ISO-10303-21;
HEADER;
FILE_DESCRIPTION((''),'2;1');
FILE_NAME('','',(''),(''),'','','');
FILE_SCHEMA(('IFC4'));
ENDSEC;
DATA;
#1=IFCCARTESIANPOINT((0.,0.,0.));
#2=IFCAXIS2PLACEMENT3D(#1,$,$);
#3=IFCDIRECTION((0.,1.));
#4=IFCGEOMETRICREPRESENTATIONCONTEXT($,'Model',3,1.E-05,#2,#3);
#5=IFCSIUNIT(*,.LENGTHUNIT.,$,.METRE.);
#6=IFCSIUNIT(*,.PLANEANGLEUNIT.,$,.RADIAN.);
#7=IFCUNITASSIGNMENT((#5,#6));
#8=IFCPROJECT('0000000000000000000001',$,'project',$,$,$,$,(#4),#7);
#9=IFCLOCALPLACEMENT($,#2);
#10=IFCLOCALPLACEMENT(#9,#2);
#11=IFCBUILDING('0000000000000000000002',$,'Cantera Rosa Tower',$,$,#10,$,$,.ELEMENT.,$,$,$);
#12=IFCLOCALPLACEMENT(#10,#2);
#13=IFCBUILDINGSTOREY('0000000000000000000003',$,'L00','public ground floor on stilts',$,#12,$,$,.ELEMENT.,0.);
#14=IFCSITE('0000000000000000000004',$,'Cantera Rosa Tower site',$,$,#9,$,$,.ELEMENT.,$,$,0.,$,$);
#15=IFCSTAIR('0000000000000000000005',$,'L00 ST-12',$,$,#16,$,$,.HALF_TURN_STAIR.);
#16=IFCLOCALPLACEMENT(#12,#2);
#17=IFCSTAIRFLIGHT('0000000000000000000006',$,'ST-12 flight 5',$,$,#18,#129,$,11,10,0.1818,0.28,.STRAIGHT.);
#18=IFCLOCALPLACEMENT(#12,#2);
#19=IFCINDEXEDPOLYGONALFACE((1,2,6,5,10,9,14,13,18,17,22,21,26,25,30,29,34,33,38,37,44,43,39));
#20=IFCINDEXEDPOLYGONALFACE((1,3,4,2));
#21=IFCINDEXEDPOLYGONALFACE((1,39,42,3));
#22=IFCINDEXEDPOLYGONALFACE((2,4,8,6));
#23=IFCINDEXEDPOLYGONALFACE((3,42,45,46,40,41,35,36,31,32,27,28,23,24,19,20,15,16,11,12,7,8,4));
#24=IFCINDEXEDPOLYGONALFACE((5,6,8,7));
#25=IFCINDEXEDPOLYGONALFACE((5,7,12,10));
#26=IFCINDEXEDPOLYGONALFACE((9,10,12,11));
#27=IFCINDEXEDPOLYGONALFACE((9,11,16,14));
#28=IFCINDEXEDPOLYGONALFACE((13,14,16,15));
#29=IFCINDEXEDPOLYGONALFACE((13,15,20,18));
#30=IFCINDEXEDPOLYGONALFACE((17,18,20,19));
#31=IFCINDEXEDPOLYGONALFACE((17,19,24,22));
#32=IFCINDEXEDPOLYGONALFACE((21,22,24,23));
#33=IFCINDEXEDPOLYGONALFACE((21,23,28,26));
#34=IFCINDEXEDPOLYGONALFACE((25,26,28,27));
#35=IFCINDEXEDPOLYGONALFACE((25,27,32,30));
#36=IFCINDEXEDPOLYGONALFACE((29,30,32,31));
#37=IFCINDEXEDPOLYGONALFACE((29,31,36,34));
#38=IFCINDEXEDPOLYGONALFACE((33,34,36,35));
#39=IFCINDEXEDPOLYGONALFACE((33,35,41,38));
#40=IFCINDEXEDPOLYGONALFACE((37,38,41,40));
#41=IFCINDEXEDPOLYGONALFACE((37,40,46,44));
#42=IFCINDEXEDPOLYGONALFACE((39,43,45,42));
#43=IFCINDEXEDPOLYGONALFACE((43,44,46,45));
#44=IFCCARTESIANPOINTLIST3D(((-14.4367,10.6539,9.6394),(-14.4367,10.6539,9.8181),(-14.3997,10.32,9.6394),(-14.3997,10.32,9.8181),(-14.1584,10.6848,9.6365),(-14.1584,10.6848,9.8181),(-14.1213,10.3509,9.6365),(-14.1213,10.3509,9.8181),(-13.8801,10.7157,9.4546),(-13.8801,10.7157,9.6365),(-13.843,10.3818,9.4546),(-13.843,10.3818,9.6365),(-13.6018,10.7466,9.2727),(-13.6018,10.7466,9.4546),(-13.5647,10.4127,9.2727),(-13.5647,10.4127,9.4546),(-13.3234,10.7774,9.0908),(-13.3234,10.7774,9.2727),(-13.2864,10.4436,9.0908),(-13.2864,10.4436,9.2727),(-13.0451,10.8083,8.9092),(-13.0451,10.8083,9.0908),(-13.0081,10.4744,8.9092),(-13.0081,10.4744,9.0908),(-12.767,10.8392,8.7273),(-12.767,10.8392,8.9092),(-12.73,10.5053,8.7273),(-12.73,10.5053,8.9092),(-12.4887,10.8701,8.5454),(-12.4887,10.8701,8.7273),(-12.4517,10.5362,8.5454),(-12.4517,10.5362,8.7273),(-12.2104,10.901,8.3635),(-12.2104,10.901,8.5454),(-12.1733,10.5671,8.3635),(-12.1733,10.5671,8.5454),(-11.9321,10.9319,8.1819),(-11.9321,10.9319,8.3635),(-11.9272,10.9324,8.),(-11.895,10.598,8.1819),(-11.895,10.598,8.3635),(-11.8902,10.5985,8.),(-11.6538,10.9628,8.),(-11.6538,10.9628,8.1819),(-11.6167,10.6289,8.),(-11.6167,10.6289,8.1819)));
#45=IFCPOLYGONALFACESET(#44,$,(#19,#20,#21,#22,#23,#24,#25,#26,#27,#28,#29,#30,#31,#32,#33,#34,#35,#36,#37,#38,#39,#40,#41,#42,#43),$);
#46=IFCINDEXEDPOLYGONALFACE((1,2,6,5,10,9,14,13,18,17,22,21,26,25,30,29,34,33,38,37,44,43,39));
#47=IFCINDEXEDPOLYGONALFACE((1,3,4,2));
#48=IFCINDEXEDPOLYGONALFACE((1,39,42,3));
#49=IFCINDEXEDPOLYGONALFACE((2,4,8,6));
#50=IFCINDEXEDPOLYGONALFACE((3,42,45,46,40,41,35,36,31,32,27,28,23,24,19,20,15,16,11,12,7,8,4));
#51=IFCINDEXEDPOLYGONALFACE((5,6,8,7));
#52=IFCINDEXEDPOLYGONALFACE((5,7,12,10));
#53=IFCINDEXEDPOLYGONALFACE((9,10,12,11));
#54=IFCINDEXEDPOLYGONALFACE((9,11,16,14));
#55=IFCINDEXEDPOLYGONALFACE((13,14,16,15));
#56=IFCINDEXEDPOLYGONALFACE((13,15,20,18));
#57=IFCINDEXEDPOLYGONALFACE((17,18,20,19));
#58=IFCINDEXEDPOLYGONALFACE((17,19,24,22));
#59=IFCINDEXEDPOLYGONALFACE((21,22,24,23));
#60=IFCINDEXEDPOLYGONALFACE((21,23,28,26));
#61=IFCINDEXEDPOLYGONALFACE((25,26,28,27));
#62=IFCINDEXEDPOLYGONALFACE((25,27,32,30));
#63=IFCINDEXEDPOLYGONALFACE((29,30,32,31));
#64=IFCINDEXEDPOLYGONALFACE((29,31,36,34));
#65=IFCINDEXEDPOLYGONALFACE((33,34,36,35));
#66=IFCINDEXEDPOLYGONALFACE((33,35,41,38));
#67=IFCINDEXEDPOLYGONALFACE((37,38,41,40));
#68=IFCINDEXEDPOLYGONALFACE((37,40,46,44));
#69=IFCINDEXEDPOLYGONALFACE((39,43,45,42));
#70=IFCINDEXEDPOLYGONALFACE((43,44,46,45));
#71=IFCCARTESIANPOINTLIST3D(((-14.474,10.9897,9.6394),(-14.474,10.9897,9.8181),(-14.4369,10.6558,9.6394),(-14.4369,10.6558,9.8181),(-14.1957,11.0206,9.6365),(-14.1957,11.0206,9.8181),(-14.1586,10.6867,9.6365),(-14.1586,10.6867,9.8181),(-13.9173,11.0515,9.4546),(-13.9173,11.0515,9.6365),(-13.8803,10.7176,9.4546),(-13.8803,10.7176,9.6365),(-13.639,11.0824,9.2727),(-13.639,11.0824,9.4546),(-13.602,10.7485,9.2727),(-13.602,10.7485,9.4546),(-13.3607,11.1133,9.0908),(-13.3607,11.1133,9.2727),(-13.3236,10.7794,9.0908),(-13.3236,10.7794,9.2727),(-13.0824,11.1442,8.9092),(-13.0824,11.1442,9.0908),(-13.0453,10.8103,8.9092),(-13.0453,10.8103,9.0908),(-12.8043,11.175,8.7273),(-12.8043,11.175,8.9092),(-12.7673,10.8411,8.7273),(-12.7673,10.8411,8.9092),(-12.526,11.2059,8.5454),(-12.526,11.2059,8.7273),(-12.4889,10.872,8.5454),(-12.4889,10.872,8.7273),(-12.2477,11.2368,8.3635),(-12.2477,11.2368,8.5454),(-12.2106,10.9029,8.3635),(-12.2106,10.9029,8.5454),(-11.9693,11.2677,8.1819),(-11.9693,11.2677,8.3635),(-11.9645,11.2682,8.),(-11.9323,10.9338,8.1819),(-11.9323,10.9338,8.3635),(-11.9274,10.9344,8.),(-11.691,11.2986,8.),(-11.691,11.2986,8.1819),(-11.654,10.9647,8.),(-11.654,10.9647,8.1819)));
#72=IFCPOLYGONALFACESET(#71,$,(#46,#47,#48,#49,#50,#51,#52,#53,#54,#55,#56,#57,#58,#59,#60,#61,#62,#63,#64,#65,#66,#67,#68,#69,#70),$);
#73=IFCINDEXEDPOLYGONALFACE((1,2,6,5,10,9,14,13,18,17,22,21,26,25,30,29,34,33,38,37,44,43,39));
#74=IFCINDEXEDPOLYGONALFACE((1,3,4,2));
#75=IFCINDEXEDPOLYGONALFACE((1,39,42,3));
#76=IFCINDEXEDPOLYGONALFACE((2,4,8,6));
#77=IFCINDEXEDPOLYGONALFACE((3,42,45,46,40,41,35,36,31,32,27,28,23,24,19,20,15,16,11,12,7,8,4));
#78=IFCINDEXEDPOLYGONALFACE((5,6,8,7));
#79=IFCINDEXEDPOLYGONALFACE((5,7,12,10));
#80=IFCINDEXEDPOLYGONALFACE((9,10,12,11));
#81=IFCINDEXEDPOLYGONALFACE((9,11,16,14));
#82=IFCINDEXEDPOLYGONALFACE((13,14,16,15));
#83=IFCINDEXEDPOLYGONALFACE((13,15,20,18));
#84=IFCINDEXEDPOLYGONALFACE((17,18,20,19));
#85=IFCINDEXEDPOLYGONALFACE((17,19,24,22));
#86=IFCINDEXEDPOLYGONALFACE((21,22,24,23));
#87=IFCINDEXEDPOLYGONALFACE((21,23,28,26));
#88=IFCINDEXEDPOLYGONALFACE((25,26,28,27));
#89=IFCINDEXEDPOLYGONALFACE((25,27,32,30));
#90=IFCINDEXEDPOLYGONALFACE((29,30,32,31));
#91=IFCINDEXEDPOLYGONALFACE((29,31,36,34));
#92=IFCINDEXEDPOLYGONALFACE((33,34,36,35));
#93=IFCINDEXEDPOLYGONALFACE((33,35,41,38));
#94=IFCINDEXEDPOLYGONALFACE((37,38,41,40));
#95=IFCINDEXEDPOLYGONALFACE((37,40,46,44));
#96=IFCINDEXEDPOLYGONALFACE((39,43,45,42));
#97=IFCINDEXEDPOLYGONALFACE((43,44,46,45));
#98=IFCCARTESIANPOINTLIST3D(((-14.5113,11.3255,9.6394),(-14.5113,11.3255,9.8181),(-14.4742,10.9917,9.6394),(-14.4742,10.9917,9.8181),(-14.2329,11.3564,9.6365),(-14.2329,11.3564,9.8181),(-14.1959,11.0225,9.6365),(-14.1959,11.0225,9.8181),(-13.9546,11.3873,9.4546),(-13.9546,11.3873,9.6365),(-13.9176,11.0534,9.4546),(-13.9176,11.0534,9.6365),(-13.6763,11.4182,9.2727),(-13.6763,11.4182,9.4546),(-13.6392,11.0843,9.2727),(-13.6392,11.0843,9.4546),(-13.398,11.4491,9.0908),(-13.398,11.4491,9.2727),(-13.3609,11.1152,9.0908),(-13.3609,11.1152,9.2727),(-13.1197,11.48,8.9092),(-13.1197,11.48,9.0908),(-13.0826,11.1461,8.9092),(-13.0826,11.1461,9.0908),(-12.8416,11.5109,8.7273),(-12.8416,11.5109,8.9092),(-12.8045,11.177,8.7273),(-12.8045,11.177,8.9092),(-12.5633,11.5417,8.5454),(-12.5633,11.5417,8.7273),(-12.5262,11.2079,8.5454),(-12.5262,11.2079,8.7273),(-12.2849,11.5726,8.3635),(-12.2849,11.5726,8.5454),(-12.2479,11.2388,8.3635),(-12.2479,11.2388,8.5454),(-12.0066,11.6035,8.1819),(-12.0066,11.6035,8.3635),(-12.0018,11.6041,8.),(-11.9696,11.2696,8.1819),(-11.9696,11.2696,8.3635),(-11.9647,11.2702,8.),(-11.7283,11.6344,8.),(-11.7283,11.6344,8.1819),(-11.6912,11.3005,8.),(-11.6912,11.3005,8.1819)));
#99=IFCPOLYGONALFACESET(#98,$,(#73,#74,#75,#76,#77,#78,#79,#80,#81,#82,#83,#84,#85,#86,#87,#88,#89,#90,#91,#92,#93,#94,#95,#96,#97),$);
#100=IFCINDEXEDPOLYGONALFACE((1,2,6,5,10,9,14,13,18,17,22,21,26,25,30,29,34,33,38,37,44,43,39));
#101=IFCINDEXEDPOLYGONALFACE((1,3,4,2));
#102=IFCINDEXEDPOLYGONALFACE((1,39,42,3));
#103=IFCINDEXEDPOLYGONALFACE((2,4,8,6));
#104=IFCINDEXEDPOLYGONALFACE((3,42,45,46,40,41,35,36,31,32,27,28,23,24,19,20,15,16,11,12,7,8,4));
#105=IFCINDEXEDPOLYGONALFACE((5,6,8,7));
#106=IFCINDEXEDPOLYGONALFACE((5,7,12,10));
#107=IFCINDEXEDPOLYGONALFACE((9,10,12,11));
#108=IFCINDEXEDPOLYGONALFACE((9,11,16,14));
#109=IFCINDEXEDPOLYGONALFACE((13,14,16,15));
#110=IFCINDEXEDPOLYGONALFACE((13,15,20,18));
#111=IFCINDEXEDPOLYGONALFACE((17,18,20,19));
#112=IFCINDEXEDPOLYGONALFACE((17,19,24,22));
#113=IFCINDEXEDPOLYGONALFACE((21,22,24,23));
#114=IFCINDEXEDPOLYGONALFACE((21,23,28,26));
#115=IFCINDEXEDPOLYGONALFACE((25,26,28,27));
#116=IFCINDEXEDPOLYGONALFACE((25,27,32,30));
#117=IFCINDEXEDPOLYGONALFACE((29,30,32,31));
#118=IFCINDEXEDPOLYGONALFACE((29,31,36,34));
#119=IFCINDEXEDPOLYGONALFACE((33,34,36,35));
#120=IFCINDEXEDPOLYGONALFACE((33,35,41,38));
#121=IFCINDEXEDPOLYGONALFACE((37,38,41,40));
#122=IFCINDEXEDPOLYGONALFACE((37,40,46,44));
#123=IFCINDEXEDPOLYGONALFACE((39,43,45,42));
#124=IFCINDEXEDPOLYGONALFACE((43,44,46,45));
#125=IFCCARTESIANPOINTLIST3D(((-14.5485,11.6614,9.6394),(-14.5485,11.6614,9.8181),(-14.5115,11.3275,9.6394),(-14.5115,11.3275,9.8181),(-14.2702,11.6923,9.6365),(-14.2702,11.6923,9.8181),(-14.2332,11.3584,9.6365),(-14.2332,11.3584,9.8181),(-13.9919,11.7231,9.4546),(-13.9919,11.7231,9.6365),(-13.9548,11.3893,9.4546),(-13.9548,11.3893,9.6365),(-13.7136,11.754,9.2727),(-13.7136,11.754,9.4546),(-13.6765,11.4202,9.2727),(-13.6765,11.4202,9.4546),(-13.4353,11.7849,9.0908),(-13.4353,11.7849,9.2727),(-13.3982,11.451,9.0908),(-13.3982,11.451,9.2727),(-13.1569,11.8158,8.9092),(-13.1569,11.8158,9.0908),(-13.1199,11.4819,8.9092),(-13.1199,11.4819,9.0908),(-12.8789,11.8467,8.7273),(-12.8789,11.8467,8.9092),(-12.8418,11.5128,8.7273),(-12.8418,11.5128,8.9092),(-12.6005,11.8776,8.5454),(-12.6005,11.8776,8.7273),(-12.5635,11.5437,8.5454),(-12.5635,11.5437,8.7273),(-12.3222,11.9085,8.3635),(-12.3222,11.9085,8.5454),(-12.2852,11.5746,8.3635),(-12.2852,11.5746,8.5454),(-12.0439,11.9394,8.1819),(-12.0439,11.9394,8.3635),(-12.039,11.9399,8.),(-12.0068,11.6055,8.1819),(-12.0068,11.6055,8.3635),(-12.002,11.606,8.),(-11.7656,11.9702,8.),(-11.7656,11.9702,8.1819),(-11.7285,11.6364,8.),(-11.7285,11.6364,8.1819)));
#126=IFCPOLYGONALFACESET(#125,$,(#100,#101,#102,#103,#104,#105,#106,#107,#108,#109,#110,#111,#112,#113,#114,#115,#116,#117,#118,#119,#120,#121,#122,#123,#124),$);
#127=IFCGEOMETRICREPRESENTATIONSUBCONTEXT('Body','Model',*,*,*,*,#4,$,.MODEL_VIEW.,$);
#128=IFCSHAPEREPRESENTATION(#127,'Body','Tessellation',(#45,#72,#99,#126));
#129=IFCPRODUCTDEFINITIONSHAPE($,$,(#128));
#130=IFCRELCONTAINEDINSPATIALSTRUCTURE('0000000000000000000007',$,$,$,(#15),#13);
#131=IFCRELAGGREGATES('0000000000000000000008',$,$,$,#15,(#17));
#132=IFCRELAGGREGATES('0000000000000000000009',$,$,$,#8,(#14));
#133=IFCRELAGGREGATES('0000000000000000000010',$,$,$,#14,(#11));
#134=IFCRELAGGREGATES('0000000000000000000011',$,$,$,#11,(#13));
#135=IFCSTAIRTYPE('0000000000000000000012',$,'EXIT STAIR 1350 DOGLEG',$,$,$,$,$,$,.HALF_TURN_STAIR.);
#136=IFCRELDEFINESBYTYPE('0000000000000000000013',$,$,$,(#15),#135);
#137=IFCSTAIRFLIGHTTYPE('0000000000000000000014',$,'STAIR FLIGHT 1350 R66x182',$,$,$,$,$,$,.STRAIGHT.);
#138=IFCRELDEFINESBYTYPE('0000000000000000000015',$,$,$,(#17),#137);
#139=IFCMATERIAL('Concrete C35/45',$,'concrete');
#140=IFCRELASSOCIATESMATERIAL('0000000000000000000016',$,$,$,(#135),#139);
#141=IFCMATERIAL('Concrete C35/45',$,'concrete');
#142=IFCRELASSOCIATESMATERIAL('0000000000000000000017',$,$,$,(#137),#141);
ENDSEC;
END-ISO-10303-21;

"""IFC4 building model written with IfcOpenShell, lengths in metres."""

from ifc_helpers import new_model, si_unit, direction, frame, origin, place, context, subcontext, project, spatial, polyline, outline, extrude, material, type_object, element, aggregate, save


model = new_model("IFC4")

# Units and contexts
model_context = context("Model", 3, precision=1e-05, world=origin(), true_north=direction((0.0, 1.0)))
body_context = subcontext(model_context, "Body", "Model", "MODEL_VIEW")
ifc_project = project(units=[si_unit("LENGTHUNIT", "METRE"), si_unit("PLANEANGLEUNIT", "RADIAN")], contexts=[model_context])

# Site, building, storey
site_placement = place(None, origin())
site = spatial("IfcSite", under=ifc_project, at=site_placement, Name="Cantera Rosa Tower site", CompositionType="ELEMENT", RefElevation=0.0)
building_placement = place(site_placement, origin())
building = spatial("IfcBuilding", under=site, at=building_placement, Name="Cantera Rosa Tower", CompositionType="ELEMENT")
storey_placement = place(building_placement, origin())
storey = spatial("IfcBuildingStorey", under=building, at=storey_placement, Name="L00", Description="public ground floor on stilts", CompositionType="ELEMENT", Elevation=0.0)

# Stair, stair flight
ifc_material_1 = material(Name="Concrete C35/45", Category="concrete")
stair_type = type_object("IfcStairType", Name="EXIT STAIR 1350 DOGLEG", PredefinedType="HALF_TURN_STAIR", material=ifc_material_1)
stair_placement = place(storey_placement, origin())
stair = element("IfcStair", 1, at=stair_placement, inside=storey, type_object=stair_type, Name="L00 ST-12", PredefinedType="HALF_TURN_STAIR")
ifc_material_2 = material(Name="Concrete C35/45", Category="concrete")
stair_flight_type = type_object("IfcStairFlightType", Name="STAIR FLIGHT 1350 R66x182", PredefinedType="STRAIGHT", material=ifc_material_2)
stair_flight_1_placement = place(storey_placement, frame((-11.6912, 11.2998, 8.0), z_axis=(0.0, 0.0, 1.0), x_axis=(-0.993897, -0.110313, 0.0)))
stair_flight_1 = element("IfcStairFlight", 2, at=stair_flight_1_placement, type_object=stair_flight_type, Name="ST-12 flight 5", NumberOfRisers=11, NumberOfTreads=10, PredefinedType="STRAIGHT", RiserHeight=0.1818, TreadLength=0.28, context=body_context, shape_type="SweptSolid", body=[
    extrude(outline(polyline([(0.0, 0.0), (0.0, 0.1819), (0.28, 0.1819), (0.28, 0.3635), (0.5601, 0.3635), (0.5601, 0.5454), (0.8401, 0.5454), (0.8401, 0.7273), (1.1201, 0.7273), (1.1201, 0.9092), (1.3999, 0.9092), (1.3999, 1.0908), (1.6799, 1.0908), (1.6799, 1.2727), (1.96, 1.2727), (1.96, 1.4546), (2.24, 1.4546), (2.24, 1.6365), (2.52, 1.6365), (2.52, 1.8181), (2.8, 1.8181), (2.8, 2.0), (2.8, 1.6394), (0.2751, 0.0), (0.0, 0.0)])), frame((0.0, 0.675, 0.0), z_axis=(0.0, -1.0, 0.0), x_axis=(1.0, 0.0, 0.0)), (0.0, 0.0, 1.0), 0.3359),
    extrude(outline(polyline([(0.0, 0.0), (0.0, 0.1819), (0.28, 0.1819), (0.28, 0.3635), (0.5601, 0.3635), (0.5601, 0.5454), (0.8401, 0.5454), (0.8401, 0.7273), (1.1201, 0.7273), (1.1201, 0.9092), (1.3999, 0.9092), (1.3999, 1.0908), (1.6799, 1.0908), (1.6799, 1.2727), (1.96, 1.2727), (1.96, 1.4546), (2.24, 1.4546), (2.24, 1.6365), (2.52, 1.6365), (2.52, 1.8181), (2.8, 1.8181), (2.8, 2.0), (2.8, 1.6394), (0.2751, 0.0), (0.0, 0.0)])), frame((0.0, 0.3372, 0.0), z_axis=(0.0, -1.0, 0.0), x_axis=(1.0, 0.0, 0.0)), (0.0, 0.0, 1.0), 0.3359),
    extrude(outline(polyline([(0.0, 0.0), (0.0, 0.1819), (0.28, 0.1819), (0.28, 0.3635), (0.5601, 0.3635), (0.5601, 0.5454), (0.8401, 0.5454), (0.8401, 0.7273), (1.1201, 0.7273), (1.1201, 0.9092), (1.3999, 0.9092), (1.3999, 1.0908), (1.6799, 1.0908), (1.6799, 1.2727), (1.96, 1.2727), (1.96, 1.4546), (2.24, 1.4546), (2.24, 1.6365), (2.52, 1.6365), (2.52, 1.8181), (2.8, 1.8181), (2.8, 2.0), (2.8, 1.6394), (0.2751, 0.0), (0.0, 0.0)])), frame((0.0, -0.0007, 0.0), z_axis=(0.0, -1.0, 0.0), x_axis=(1.0, 0.0, 0.0)), (0.0, 0.0, 1.0), 0.3359),
    extrude(outline(polyline([(0.0, 0.0), (0.0, 0.1819), (0.28, 0.1819), (0.28, 0.3635), (0.5601, 0.3635), (0.5601, 0.5454), (0.8401, 0.5454), (0.8401, 0.7273), (1.1201, 0.7273), (1.1201, 0.9092), (1.3999, 0.9092), (1.3999, 1.0908), (1.6799, 1.0908), (1.6799, 1.2727), (1.96, 1.2727), (1.96, 1.4546), (2.24, 1.4546), (2.24, 1.6365), (2.52, 1.6365), (2.52, 1.8181), (2.8, 1.8181), (2.8, 2.0), (2.8, 1.6394), (0.2751, 0.0), (0.0, 0.0)])), frame((0.0, -0.3386, 0.0), z_axis=(0.0, -1.0, 0.0), x_axis=(1.0, 0.0, 0.0)), (0.0, 0.0, 1.0), 0.3359),
])
aggregate(stair, [stair_flight_1])

save(model, "model.ifc")
